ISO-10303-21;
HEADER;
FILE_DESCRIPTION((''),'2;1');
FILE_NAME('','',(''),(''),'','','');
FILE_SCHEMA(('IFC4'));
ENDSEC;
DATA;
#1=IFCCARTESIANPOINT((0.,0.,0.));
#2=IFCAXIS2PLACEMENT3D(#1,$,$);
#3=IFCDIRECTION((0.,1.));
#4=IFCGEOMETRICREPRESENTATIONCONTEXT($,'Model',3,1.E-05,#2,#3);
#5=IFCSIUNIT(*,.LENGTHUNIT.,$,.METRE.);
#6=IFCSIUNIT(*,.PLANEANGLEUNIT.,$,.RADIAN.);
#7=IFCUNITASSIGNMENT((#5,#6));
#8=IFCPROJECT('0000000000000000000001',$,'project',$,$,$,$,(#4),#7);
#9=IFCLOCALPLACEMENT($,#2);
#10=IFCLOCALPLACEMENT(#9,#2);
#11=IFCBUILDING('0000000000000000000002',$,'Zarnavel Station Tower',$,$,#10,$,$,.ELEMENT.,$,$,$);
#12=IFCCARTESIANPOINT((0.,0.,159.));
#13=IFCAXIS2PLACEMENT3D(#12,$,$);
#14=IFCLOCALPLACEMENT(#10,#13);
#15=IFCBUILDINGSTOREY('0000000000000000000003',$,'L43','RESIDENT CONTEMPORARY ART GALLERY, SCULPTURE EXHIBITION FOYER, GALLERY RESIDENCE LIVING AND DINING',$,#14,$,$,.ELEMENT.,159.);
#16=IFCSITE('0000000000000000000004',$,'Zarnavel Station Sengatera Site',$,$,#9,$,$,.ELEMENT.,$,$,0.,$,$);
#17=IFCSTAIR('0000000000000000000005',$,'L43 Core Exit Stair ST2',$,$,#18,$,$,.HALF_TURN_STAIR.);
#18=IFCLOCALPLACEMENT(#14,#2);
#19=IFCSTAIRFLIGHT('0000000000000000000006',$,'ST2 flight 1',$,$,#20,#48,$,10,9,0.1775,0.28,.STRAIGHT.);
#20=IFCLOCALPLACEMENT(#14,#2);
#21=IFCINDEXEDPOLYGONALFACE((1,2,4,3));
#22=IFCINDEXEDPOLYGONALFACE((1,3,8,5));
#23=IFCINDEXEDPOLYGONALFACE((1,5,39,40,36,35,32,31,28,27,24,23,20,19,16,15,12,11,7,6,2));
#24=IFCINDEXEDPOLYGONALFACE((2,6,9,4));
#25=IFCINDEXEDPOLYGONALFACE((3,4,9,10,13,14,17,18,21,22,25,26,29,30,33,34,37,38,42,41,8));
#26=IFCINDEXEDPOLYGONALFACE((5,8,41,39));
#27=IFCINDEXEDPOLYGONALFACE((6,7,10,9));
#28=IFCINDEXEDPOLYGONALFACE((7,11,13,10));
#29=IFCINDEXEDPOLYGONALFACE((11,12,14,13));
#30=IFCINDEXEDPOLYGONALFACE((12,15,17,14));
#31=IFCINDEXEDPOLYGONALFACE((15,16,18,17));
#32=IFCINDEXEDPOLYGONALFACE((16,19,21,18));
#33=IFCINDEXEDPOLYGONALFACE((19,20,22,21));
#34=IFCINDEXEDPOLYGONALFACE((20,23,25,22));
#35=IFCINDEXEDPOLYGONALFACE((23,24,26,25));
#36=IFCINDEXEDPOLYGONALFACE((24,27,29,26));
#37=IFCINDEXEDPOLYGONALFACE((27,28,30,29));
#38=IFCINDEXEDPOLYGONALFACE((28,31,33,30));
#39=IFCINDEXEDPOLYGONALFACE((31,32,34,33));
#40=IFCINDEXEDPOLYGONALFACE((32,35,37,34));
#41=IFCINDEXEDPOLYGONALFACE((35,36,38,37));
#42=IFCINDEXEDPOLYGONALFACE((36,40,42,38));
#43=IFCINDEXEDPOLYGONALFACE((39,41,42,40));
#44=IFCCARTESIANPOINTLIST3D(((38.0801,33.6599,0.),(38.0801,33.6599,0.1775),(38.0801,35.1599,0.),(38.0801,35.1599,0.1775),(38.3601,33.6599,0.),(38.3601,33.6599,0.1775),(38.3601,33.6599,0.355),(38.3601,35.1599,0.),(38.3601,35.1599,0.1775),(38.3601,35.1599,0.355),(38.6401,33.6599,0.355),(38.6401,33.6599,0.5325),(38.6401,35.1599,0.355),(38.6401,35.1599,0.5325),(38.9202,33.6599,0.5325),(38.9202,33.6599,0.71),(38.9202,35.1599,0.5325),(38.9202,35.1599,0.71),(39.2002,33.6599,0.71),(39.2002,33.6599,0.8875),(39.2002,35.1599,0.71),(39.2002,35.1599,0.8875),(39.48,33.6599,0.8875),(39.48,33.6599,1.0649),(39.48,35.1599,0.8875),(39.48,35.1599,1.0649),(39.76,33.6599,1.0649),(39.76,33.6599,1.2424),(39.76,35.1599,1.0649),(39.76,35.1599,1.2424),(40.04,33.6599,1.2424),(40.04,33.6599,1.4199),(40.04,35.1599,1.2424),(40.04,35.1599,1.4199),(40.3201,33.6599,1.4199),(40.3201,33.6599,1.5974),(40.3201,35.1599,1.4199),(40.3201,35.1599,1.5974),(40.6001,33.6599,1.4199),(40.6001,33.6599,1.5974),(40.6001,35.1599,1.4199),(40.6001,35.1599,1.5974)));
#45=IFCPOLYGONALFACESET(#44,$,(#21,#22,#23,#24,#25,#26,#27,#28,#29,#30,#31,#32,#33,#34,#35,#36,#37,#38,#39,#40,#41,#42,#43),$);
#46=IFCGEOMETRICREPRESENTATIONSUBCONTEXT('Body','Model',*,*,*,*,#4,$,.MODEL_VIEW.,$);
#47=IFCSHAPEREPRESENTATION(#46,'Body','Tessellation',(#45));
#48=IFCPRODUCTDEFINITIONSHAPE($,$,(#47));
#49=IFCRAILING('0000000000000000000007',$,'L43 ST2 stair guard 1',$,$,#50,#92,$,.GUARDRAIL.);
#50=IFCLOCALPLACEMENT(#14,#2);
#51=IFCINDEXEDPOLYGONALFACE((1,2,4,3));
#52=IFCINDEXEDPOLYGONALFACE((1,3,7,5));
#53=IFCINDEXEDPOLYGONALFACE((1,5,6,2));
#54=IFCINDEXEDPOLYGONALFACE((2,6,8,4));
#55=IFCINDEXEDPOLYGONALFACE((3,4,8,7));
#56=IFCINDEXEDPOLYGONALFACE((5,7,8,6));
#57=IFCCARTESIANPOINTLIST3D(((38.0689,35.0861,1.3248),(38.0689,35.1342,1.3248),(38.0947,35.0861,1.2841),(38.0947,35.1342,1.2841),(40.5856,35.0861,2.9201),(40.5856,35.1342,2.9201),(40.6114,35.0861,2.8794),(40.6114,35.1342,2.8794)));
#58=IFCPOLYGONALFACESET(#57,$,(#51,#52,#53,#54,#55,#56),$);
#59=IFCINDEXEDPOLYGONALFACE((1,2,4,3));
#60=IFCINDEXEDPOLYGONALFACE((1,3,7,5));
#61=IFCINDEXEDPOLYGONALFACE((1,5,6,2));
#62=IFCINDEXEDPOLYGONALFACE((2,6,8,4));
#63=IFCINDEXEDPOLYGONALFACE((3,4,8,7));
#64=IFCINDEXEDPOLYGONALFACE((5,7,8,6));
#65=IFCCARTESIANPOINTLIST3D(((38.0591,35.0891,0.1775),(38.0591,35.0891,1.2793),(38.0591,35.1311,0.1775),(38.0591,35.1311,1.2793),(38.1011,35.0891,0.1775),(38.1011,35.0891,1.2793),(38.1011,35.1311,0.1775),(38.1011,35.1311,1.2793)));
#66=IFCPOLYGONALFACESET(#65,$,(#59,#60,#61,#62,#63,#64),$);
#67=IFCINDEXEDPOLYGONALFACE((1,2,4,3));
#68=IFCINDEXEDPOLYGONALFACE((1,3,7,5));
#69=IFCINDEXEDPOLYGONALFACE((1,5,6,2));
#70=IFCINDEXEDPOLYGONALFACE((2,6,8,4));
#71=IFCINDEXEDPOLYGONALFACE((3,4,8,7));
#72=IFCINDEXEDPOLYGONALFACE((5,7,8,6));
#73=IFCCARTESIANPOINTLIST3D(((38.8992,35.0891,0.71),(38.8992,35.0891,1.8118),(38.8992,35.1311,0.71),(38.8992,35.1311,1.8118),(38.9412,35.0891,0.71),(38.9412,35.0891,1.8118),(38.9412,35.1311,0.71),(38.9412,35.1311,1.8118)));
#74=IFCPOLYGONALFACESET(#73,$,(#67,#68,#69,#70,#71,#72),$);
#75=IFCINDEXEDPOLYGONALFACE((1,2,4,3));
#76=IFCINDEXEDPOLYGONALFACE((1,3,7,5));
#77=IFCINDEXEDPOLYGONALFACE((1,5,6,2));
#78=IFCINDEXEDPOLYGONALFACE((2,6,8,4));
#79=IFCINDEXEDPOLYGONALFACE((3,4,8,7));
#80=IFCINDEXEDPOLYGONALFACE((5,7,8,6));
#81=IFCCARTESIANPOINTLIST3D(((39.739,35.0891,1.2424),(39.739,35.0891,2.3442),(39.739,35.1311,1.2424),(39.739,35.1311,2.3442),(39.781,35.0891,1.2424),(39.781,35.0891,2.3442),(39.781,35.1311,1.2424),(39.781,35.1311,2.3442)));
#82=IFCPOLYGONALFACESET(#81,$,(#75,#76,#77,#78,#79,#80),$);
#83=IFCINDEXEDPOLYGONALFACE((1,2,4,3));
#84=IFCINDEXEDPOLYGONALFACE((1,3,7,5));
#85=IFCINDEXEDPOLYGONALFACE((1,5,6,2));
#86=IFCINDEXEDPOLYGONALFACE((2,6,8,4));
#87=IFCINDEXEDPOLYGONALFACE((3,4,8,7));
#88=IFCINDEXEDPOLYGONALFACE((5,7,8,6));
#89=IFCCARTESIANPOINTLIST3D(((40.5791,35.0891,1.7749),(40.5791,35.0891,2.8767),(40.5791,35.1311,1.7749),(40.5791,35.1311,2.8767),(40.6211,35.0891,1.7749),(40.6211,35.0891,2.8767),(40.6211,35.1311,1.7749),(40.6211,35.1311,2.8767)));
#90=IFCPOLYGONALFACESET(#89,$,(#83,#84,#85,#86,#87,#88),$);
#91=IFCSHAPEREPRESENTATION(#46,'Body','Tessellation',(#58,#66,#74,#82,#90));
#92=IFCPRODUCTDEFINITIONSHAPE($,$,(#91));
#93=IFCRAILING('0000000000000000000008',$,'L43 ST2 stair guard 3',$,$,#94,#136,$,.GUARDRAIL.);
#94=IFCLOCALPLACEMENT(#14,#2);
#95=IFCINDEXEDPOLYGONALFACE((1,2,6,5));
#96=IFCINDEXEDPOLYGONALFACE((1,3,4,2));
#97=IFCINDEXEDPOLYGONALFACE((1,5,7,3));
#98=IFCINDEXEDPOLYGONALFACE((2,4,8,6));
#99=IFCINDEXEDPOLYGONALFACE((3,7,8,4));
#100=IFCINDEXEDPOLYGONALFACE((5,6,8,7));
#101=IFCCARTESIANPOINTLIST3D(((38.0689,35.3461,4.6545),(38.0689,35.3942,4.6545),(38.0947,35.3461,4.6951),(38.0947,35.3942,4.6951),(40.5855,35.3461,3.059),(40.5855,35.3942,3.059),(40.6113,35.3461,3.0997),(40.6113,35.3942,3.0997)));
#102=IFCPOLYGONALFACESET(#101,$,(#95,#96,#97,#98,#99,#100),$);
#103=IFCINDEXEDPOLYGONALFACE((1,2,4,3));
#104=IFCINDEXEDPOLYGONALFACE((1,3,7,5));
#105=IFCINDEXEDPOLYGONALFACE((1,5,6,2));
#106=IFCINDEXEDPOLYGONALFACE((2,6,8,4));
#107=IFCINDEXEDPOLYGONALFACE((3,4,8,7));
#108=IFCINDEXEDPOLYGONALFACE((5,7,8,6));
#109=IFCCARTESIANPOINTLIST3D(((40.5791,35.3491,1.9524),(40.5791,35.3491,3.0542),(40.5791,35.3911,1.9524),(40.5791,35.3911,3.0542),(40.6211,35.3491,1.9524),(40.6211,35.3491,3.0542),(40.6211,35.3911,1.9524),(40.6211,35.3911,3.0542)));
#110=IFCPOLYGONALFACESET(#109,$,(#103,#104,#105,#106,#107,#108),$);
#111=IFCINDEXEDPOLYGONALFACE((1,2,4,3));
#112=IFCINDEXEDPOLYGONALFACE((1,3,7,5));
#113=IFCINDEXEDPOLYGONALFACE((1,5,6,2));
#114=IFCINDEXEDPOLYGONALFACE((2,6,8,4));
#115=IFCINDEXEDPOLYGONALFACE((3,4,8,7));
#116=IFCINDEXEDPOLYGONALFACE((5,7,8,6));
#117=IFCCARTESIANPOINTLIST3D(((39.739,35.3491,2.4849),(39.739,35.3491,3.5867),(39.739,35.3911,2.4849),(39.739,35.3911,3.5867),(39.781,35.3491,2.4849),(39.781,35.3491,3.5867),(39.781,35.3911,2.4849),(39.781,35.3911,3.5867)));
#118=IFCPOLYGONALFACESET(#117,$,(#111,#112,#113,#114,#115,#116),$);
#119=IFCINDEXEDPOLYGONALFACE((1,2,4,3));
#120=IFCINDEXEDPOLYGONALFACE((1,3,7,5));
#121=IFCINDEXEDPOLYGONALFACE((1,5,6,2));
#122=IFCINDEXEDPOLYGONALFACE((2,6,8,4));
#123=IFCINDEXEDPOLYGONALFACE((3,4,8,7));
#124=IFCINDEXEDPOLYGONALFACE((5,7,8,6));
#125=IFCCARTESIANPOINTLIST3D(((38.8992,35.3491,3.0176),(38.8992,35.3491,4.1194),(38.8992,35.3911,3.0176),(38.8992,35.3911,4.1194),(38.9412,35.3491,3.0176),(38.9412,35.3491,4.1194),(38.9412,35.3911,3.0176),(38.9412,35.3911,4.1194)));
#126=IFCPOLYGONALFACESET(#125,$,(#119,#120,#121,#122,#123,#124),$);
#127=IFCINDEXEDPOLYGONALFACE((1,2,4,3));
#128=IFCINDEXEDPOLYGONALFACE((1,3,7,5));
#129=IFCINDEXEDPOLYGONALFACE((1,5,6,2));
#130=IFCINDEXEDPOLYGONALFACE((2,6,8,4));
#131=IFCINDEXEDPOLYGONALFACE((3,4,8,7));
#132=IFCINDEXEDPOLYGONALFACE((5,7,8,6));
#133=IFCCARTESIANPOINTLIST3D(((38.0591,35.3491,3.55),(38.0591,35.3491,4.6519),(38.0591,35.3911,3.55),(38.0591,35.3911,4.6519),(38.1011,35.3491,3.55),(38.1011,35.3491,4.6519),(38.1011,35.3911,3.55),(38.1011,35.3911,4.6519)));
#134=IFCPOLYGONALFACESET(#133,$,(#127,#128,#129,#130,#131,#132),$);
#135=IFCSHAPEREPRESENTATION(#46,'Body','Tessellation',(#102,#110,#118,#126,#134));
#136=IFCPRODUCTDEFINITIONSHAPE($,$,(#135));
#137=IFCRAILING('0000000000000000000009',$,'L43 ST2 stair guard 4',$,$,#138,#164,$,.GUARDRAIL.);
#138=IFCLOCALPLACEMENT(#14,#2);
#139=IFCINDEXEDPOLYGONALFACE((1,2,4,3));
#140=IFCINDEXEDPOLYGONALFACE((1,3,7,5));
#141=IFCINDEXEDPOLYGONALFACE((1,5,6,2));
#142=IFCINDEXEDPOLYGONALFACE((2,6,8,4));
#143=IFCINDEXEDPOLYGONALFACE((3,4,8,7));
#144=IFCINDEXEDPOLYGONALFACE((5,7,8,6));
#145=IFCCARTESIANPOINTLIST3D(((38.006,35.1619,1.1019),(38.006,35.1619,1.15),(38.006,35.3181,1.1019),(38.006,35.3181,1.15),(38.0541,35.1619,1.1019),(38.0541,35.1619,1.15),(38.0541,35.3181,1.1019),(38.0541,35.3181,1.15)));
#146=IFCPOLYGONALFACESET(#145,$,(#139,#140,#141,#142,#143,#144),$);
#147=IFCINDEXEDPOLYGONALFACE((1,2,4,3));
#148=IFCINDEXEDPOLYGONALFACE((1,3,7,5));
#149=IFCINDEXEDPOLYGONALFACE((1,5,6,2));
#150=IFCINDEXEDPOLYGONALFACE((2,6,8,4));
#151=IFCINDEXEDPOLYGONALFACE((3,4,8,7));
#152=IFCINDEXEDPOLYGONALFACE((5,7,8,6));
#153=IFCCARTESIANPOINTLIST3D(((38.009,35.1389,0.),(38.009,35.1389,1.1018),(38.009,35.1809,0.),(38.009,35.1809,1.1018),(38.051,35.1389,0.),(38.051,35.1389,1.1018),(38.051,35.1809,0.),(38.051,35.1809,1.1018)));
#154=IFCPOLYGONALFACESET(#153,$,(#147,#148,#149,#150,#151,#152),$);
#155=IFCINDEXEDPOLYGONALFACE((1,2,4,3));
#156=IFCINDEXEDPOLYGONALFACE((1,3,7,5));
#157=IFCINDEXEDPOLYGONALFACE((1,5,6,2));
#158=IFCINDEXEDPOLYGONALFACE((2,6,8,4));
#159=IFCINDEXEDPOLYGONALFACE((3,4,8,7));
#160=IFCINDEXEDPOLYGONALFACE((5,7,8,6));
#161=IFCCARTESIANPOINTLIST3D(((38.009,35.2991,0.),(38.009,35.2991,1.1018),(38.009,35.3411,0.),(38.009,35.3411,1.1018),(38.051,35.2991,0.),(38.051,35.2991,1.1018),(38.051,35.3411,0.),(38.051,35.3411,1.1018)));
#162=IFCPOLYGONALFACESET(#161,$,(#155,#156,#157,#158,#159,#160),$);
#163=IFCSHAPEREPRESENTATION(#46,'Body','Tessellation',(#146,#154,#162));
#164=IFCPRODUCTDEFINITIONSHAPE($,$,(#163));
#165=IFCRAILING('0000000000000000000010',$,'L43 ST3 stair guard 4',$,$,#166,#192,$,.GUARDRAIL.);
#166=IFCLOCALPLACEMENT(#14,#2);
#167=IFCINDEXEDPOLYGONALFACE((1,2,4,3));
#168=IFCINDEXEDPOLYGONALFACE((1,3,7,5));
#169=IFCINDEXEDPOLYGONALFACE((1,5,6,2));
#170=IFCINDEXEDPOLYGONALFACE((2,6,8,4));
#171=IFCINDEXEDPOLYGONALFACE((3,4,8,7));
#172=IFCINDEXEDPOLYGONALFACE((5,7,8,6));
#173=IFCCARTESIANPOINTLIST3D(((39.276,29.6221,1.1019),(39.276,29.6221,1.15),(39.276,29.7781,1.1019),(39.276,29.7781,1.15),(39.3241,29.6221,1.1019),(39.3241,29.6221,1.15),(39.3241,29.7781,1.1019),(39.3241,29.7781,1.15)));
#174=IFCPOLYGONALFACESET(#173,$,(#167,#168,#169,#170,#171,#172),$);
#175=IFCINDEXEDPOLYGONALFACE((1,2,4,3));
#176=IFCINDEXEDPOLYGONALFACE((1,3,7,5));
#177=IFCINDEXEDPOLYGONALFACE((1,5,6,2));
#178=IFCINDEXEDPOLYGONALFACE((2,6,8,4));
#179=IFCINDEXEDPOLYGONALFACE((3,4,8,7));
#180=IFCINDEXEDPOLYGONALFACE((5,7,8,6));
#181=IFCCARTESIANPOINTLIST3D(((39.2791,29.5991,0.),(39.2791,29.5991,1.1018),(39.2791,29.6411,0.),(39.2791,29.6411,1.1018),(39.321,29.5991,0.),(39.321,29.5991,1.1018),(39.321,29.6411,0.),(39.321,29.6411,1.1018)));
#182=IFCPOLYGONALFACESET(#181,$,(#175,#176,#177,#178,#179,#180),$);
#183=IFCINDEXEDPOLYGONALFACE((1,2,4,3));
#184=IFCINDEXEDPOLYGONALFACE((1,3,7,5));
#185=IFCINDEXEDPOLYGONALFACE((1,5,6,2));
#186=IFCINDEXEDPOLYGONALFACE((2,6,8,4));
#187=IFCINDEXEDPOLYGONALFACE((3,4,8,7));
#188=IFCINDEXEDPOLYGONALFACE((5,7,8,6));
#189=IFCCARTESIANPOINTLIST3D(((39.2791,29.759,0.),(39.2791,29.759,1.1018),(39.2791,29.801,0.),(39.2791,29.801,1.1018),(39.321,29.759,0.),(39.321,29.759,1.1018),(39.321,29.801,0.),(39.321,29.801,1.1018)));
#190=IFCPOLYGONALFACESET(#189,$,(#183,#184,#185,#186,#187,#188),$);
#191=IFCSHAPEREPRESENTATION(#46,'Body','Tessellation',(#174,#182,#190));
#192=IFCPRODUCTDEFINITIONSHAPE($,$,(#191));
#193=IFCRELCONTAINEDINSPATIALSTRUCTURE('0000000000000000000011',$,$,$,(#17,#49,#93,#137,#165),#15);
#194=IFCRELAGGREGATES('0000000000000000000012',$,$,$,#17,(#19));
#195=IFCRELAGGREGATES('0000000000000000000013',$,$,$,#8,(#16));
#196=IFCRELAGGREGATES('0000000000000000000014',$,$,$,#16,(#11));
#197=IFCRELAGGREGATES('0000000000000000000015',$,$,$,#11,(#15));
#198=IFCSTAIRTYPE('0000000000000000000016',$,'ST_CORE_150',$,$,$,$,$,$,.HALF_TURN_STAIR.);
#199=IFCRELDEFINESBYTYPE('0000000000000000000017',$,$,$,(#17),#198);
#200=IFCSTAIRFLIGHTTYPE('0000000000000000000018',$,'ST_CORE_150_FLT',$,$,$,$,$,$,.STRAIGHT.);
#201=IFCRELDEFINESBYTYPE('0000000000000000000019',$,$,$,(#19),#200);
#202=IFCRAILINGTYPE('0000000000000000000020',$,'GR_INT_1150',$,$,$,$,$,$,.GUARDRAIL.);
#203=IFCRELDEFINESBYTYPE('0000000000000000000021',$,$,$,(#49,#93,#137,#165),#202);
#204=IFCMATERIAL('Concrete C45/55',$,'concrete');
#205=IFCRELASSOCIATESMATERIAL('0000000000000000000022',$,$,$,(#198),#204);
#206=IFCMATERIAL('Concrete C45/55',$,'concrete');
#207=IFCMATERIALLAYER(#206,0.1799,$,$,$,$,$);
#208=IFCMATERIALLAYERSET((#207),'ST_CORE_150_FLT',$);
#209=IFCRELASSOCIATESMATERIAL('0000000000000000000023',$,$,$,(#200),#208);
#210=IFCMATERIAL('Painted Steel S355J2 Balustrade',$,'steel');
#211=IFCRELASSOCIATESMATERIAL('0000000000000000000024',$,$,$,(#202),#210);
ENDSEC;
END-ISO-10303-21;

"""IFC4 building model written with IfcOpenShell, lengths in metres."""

from ifc_helpers import new_model, si_unit, direction, frame, origin, origin_2d, place, context, subcontext, project, spatial, polyline, rectangle, outline, extrude, material, layer, layer_set, type_object, element, aggregate, save


model = new_model("IFC4")

# Units and contexts
model_context = context("Model", 3, precision=1e-05, world=origin(), true_north=direction((0.0, 1.0)))
body_context = subcontext(model_context, "Body", "Model", "MODEL_VIEW")
ifc_project = project(units=[si_unit("LENGTHUNIT", "METRE"), si_unit("PLANEANGLEUNIT", "RADIAN")], contexts=[model_context])

# Site, building, storey
site_placement = place(None, origin())
site = spatial("IfcSite", under=ifc_project, at=site_placement, Name="Zarnavel Station Sengatera Site", CompositionType="ELEMENT", RefElevation=0.0)
building_placement = place(site_placement, origin())
building = spatial("IfcBuilding", under=site, at=building_placement, Name="Zarnavel Station Tower", CompositionType="ELEMENT")
storey_placement = place(building_placement, frame((0.0, 0.0, 159.0)))
storey = spatial("IfcBuildingStorey", under=building, at=storey_placement, Name="L43", Description="RESIDENT CONTEMPORARY ART GALLERY, SCULPTURE EXHIBITION FOYER, GALLERY RESIDENCE LIVING AND DINING", CompositionType="ELEMENT", Elevation=159.0)

# Stair, stair flight
ifc_material_1 = material(Name="Concrete C45/55", Category="concrete")
stair_type = type_object("IfcStairType", Name="ST_CORE_150", PredefinedType="HALF_TURN_STAIR", material=ifc_material_1)
stair_placement = place(storey_placement, origin())
stair = element("IfcStair", 1, at=stair_placement, inside=storey, type_object=stair_type, Name="L43 Core Exit Stair ST2", PredefinedType="HALF_TURN_STAIR")
ifc_material_2 = material(Name="Concrete C45/55", Category="concrete")
ifc_layer_1 = layer(ifc_material_2, 0.1799)
ifc_layer_set_1 = layer_set([ifc_layer_1], Name="ST_CORE_150_FLT")
stair_flight_type = type_object("IfcStairFlightType", Name="ST_CORE_150_FLT", PredefinedType="STRAIGHT", material=ifc_layer_set_1)
stair_flight_placement = place(storey_placement, frame((38.0801, 34.4099, 0.0), z_axis=(0.0, 0.0, 1.0), x_axis=(1.0, 0.0, 0.0)))
stair_flight = element("IfcStairFlight", 2, at=stair_flight_placement, type_object=stair_flight_type, Name="ST2 flight 1", NumberOfRisers=10, NumberOfTreads=9, PredefinedType="STRAIGHT", RiserHeight=0.1775, TreadLength=0.28, context=body_context, shape_type="SweptSolid", body=[
    extrude(outline(polyline([(0.0, 0.0), (0.0, 0.1775), (0.28, 0.1775), (0.28, 0.355), (0.5601, 0.355), (0.5601, 0.5325), (0.8401, 0.5325), (0.8401, 0.71), (1.1201, 0.71), (1.1201, 0.8875), (1.3999, 0.8875), (1.3999, 1.0649), (1.6799, 1.0649), (1.6799, 1.2424), (1.96, 1.2424), (1.96, 1.4199), (2.24, 1.4199), (2.24, 1.5974), (2.52, 1.5974), (2.52, 1.7749), (2.52, 1.4199), (0.28, 0.0), (0.0, 0.0)])), frame((0.0, 0.75, 0.0), z_axis=(0.0, -1.0, 0.0), x_axis=(1.0, 0.0, 0.0)), (0.0, 0.0, 1.0), 1.5),
])
aggregate(stair, [stair_flight])

# Railings
ifc_material_3 = material(Name="Painted Steel S355J2 Balustrade", Category="steel")
railing_type_1 = type_object("IfcRailingType", Name="GR_INT_1150", PredefinedType="GUARDRAIL", material=ifc_material_3)
railing_1_placement = place(storey_placement, frame((38.0801, 35.1101, 0.1775)))
element("IfcRailing", 3, at=railing_1_placement, inside=storey, type_object=railing_type_1, Name="L43 ST2 stair guard 1", PredefinedType="GUARDRAIL", context=body_context, shape_type="SweptSolid", body=[
    extrude(rectangle(XDim=0.0481, YDim=0.0481, at=origin_2d()), frame((0.0017, 0.0, 1.127), z_axis=(0.844607, 0.0, 0.535387), x_axis=(0.0, 1.0, 0.0)), (0.0, 0.0, 1.0), 2.9797),
    extrude(rectangle(XDim=0.042, YDim=0.042, at=origin_2d()), origin(), (0.0, 0.0, 1.0), 1.1018),
    extrude(rectangle(XDim=0.042, YDim=0.042, at=origin_2d()), frame((0.8401, 0.0, 0.5325)), (0.0, 0.0, 1.0), 1.1018),
    extrude(rectangle(XDim=0.042, YDim=0.042, at=origin_2d()), frame((1.6799, 0.0, 1.0649)), (0.0, 0.0, 1.0), 1.1018),
    extrude(rectangle(XDim=0.042, YDim=0.042, at=origin_2d()), frame((2.52, 0.0, 1.5974)), (0.0, 0.0, 1.0), 1.1018),
])
railing_2_placement = place(storey_placement, frame((40.6001, 35.3701, 1.9524)))
element("IfcRailing", 4, at=railing_2_placement, inside=storey, type_object=railing_type_1, Name="L43 ST2 stair guard 3", PredefinedType="GUARDRAIL", context=body_context, shape_type="SweptSolid", body=[
    extrude(rectangle(XDim=0.0481, YDim=0.0481, at=origin_2d()), frame((-0.0017, 0.0, 1.127), z_axis=(-0.84457, 0.0, 0.535445), x_axis=(0.0, -1.0, 0.0)), (0.0, 0.0, 1.0), 2.9797),
    extrude(rectangle(XDim=0.042, YDim=0.042, at=origin_2d()), origin(), (0.0, 0.0, 1.0), 1.1018),
    extrude(rectangle(XDim=0.042, YDim=0.042, at=origin_2d()), frame((-0.8401, 0.0, 0.5325)), (0.0, 0.0, 1.0), 1.1018),
    extrude(rectangle(XDim=0.042, YDim=0.042, at=origin_2d()), frame((-1.6799, 0.0, 1.0652)), (0.0, 0.0, 1.0), 1.1018),
    extrude(rectangle(XDim=0.042, YDim=0.042, at=origin_2d()), frame((-2.52, 0.0, 1.5977)), (0.0, 0.0, 1.0), 1.1018),
])
railing_3_placement = place(storey_placement, frame((38.03, 35.1599, 0.0)))
element("IfcRailing", 5, at=railing_3_placement, inside=storey, type_object=railing_type_1, Name="L43 ST2 stair guard 4", PredefinedType="GUARDRAIL", context=body_context, shape_type="SweptSolid", body=[
    extrude(rectangle(XDim=0.0481, YDim=0.0481, at=origin_2d()), frame((0.0, 0.002, 1.126), z_axis=(0.0, 1.0, 0.0), x_axis=(-1.0, 0.0, 0.0)), (0.0, 0.0, 1.0), 0.1562),
    extrude(rectangle(XDim=0.042, YDim=0.042, at=origin_2d()), origin(), (0.0, 0.0, 1.0), 1.1018),
    extrude(rectangle(XDim=0.042, YDim=0.042, at=origin_2d()), frame((0.0, 0.1602, 0.0)), (0.0, 0.0, 1.0), 1.1018),
])
railing_4_placement = place(storey_placement, frame((39.3, 29.6201, 0.0)))
element("IfcRailing", 6, at=railing_4_placement, inside=storey, type_object=railing_type_1, Name="L43 ST3 stair guard 4", PredefinedType="GUARDRAIL", context=body_context, shape_type="SweptSolid", body=[
    extrude(rectangle(XDim=0.0481, YDim=0.0481, at=origin_2d()), frame((0.0, 0.002, 1.126), z_axis=(0.0, 1.0, 0.0), x_axis=(-1.0, 0.0, 0.0)), (0.0, 0.0, 1.0), 0.156),
    extrude(rectangle(XDim=0.042, YDim=0.042, at=origin_2d()), origin(), (0.0, 0.0, 1.0), 1.1018),
    extrude(rectangle(XDim=0.042, YDim=0.042, at=origin_2d()), frame((0.0, 0.1599, 0.0)), (0.0, 0.0, 1.0), 1.1018),
])

save(model, "model.ifc")
